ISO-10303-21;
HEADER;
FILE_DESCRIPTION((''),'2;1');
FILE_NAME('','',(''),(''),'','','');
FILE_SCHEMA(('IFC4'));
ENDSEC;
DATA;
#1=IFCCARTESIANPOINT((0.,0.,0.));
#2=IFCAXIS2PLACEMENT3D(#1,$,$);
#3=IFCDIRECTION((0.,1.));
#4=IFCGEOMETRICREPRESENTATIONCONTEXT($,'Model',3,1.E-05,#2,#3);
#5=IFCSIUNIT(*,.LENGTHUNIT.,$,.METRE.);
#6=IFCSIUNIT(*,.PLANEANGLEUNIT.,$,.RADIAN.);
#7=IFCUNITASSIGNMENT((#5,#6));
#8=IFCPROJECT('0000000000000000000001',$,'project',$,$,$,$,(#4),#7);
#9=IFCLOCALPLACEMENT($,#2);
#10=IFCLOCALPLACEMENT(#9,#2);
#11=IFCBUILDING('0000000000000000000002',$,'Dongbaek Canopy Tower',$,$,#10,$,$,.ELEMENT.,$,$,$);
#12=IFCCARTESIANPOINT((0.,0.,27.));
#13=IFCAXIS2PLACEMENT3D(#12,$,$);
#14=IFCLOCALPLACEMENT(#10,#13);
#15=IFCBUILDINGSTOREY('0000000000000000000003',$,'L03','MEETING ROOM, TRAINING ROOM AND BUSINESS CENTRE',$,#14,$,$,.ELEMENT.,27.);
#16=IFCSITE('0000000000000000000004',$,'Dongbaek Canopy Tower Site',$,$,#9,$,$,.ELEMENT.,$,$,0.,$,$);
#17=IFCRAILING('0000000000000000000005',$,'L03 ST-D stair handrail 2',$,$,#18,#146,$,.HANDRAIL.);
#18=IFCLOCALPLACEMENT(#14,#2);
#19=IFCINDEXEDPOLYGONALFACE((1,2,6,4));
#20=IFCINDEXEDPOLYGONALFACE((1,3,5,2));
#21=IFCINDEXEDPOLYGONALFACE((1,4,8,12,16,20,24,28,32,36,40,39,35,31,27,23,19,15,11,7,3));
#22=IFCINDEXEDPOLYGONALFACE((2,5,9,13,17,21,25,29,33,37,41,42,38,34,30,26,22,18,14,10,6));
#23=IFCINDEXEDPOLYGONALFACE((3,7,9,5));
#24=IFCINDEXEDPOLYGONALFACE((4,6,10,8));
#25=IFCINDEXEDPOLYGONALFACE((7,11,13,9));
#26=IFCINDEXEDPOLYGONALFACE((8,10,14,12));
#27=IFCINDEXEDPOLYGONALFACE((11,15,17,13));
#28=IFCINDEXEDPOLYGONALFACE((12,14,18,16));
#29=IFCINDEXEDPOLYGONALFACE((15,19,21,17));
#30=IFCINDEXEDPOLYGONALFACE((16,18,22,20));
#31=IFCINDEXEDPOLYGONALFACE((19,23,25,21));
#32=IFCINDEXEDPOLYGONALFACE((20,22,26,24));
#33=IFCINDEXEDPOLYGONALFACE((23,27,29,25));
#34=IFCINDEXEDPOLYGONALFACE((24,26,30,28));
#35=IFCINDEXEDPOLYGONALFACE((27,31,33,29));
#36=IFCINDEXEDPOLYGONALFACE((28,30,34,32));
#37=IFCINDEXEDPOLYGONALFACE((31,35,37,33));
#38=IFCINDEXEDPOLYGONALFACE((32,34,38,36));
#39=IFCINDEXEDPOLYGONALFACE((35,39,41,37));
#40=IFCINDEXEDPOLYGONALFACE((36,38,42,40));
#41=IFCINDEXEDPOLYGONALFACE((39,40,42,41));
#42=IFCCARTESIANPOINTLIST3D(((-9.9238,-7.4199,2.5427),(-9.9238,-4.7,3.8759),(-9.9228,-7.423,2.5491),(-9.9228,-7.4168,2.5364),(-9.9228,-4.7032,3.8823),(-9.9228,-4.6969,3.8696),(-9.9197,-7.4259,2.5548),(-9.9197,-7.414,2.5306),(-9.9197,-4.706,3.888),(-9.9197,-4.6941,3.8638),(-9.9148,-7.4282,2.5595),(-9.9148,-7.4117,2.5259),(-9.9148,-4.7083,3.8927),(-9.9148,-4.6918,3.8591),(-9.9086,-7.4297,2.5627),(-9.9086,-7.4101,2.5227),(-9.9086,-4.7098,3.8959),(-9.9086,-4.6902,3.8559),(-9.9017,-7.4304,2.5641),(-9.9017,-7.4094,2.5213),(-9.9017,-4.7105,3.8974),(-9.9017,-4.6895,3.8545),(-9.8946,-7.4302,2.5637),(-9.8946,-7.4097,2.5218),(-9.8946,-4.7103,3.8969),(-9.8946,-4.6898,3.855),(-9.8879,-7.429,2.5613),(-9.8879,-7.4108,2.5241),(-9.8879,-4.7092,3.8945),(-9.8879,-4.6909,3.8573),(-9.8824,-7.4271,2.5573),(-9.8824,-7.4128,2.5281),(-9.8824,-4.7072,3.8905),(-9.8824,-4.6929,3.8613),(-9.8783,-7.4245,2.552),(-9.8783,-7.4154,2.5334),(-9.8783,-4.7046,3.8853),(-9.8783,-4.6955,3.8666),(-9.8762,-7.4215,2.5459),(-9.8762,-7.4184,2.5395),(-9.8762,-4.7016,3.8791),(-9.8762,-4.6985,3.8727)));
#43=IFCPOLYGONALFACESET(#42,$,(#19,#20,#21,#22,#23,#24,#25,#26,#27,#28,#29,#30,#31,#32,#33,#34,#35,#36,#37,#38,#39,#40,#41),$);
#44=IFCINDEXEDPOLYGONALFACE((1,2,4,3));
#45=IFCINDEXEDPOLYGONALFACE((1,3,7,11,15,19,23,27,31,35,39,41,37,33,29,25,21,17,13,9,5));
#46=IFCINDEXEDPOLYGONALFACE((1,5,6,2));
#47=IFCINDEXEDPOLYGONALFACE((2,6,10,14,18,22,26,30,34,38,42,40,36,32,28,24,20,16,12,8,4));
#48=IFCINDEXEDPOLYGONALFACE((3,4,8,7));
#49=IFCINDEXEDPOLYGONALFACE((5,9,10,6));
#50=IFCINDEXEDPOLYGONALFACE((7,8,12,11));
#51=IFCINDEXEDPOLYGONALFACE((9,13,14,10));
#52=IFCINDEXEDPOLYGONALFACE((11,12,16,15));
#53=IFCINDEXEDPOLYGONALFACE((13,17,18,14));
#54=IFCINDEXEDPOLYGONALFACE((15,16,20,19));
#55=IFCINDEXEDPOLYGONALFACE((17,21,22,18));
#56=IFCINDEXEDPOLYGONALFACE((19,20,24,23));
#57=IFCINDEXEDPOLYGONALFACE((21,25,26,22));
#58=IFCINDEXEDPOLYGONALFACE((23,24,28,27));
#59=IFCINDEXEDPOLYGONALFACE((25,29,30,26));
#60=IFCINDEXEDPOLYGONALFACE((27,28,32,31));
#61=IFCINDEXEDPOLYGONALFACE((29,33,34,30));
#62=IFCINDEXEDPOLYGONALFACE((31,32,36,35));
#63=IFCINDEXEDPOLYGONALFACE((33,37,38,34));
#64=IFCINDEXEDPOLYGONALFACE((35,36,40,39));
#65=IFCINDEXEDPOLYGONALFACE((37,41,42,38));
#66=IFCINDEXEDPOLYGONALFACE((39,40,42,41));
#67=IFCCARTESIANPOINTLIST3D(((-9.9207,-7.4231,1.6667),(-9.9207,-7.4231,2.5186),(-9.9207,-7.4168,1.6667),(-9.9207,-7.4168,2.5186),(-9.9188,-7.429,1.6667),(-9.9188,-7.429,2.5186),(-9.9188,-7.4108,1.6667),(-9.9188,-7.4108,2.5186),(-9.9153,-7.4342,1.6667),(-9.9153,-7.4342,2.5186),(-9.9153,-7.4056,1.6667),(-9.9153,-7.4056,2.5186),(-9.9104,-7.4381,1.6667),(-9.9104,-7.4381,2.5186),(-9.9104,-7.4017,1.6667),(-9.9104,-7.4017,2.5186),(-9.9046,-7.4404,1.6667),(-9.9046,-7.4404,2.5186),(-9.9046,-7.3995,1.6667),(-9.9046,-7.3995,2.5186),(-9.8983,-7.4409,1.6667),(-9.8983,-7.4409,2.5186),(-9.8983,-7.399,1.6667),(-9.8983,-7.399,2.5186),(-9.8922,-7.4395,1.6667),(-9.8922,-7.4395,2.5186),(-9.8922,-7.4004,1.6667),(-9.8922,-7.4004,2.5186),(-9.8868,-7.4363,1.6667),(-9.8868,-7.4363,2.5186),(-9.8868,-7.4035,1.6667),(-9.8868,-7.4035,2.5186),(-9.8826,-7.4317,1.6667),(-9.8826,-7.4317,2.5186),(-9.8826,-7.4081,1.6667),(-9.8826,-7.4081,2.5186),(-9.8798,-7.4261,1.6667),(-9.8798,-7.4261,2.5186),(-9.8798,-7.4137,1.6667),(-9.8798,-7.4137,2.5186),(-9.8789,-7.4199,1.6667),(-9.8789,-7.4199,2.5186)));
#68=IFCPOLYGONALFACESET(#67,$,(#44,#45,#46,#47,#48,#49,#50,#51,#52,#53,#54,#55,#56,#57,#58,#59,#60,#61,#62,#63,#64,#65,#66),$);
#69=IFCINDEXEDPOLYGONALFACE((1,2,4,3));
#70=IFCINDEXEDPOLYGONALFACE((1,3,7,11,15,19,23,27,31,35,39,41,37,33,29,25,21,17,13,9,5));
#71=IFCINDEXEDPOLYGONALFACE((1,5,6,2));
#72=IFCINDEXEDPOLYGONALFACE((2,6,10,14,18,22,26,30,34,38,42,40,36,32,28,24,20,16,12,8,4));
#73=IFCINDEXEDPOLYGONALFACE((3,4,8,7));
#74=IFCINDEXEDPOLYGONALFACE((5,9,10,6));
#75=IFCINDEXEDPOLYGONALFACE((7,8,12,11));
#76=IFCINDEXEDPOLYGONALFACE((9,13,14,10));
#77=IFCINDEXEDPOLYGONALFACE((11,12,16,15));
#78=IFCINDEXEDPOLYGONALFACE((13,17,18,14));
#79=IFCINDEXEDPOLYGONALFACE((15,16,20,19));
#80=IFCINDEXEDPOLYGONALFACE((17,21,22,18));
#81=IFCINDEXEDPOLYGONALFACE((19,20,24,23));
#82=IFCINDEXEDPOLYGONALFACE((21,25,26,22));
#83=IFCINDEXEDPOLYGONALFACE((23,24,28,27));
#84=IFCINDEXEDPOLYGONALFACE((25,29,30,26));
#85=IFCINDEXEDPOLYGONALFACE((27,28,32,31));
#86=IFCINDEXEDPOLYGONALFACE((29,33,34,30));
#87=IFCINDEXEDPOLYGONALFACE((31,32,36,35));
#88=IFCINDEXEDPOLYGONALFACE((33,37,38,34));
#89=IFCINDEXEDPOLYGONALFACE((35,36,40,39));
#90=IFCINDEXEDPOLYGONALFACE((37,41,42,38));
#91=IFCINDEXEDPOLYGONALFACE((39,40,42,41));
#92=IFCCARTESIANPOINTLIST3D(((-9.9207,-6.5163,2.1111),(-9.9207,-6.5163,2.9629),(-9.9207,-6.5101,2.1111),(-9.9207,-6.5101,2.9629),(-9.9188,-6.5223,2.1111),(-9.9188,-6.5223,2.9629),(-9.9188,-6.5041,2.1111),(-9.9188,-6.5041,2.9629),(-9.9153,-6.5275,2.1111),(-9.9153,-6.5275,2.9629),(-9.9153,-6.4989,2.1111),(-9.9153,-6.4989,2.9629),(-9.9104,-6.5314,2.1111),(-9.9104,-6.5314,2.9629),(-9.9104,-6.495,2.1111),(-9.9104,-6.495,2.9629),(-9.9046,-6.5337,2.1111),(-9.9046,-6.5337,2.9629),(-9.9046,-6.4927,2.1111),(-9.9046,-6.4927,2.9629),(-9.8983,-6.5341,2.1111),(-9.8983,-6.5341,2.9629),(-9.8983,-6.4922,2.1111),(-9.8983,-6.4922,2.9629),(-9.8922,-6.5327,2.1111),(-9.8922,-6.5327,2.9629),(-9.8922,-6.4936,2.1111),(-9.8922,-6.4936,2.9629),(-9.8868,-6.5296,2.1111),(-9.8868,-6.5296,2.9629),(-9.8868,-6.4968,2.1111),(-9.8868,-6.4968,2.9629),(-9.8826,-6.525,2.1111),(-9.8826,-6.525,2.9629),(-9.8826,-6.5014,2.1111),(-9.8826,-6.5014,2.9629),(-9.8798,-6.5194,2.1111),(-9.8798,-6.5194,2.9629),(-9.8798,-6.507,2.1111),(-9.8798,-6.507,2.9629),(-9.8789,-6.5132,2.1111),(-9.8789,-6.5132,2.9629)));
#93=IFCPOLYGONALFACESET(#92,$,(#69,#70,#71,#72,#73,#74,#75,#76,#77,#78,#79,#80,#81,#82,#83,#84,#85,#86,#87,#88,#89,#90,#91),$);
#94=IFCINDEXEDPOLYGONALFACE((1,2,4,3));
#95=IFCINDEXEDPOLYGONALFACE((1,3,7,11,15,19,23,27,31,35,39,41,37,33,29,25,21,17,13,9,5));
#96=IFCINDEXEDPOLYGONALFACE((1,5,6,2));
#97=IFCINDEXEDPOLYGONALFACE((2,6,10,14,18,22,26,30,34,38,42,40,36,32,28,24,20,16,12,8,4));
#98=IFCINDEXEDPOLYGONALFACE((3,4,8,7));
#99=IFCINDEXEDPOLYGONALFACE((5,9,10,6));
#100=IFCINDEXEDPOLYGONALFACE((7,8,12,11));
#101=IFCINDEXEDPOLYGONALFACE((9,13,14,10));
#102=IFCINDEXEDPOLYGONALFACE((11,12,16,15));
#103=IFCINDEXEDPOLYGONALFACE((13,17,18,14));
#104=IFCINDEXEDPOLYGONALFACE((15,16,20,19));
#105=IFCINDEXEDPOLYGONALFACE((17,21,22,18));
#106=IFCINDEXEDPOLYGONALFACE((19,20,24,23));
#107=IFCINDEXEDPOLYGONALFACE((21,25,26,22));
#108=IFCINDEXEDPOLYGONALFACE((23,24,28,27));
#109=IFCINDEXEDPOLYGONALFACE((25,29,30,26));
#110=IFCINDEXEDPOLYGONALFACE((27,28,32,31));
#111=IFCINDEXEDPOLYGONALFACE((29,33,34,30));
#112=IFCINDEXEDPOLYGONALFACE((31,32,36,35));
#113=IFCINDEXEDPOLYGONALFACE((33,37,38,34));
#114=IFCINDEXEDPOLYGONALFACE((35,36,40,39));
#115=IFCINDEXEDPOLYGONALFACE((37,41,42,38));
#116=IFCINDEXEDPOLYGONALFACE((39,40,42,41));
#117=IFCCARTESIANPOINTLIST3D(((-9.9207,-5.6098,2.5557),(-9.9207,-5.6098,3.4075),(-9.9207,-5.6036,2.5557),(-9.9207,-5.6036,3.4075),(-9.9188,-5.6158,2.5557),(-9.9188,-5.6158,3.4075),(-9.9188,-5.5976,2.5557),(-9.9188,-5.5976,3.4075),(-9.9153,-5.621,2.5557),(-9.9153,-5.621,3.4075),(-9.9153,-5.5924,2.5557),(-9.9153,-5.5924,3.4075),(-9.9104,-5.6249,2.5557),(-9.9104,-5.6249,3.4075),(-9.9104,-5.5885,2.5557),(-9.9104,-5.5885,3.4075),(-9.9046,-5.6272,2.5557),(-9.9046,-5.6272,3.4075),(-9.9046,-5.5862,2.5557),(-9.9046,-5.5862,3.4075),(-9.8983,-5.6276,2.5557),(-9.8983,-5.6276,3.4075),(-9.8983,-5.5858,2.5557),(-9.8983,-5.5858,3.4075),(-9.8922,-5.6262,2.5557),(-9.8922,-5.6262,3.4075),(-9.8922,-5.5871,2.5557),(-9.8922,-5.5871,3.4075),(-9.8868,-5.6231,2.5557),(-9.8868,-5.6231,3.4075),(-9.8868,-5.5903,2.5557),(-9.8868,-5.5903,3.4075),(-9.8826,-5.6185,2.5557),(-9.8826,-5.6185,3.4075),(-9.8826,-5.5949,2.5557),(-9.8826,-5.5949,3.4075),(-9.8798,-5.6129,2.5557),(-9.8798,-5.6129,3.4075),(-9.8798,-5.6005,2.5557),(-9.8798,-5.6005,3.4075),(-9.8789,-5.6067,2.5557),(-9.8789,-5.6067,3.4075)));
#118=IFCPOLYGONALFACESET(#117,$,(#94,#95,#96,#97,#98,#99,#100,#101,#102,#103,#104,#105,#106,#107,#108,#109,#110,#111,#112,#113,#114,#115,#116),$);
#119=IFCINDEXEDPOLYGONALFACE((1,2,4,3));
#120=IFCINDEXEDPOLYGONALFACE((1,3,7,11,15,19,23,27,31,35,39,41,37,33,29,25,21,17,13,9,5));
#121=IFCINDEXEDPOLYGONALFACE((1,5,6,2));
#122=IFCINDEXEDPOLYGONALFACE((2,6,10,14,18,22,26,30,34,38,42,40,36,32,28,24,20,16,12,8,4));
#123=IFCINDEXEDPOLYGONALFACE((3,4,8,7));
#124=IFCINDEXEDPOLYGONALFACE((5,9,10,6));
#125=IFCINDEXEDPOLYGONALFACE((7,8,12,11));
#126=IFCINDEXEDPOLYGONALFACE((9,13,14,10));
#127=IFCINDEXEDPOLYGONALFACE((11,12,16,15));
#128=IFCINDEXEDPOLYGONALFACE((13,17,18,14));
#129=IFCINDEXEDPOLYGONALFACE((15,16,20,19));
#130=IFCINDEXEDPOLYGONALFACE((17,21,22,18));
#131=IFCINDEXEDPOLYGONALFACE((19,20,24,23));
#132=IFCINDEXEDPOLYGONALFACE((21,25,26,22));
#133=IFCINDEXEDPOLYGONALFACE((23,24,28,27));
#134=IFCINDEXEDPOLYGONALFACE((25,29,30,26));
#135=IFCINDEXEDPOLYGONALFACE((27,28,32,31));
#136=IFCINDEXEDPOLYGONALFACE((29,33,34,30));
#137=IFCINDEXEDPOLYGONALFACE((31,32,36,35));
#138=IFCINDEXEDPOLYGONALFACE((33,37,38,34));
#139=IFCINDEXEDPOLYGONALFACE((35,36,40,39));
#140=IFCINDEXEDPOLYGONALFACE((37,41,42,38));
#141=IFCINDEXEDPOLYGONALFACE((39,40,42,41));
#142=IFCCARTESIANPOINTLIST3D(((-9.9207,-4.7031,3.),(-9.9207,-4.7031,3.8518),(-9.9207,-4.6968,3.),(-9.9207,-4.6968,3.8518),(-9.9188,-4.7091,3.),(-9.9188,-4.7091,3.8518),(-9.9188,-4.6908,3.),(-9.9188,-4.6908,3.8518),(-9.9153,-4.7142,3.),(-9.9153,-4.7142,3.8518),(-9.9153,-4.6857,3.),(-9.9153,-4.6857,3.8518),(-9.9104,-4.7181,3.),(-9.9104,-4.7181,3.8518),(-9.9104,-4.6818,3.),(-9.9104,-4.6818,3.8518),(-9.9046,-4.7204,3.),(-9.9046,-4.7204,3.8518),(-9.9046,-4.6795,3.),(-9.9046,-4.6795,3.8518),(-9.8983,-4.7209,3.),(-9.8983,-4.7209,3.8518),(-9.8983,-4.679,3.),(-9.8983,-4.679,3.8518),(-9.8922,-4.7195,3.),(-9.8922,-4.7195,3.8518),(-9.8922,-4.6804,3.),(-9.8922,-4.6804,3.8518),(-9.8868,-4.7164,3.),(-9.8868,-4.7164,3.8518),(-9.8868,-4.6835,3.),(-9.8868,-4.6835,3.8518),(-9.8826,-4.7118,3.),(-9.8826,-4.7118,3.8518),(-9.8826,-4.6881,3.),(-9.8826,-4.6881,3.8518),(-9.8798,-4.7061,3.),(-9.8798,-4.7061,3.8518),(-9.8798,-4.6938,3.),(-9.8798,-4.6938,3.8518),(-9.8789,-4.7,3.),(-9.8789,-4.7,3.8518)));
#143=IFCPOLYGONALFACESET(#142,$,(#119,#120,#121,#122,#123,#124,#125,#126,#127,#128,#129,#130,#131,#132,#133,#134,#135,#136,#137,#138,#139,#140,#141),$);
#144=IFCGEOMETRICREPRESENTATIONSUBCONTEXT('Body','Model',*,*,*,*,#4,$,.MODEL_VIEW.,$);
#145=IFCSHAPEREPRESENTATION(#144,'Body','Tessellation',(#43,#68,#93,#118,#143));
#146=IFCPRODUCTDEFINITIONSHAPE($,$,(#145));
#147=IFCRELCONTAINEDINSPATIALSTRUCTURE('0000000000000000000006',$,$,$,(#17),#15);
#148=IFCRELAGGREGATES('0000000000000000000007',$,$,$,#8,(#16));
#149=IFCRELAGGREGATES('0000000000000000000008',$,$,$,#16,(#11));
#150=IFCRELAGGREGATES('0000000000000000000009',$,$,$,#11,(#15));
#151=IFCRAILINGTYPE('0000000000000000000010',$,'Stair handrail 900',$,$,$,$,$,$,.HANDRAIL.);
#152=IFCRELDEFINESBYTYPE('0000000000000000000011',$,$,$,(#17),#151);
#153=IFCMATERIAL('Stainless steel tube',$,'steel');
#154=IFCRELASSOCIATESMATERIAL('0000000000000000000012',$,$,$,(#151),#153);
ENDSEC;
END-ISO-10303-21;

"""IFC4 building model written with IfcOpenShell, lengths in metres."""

from ifc_helpers import new_model, si_unit, direction, frame, origin, origin_2d, place, context, subcontext, project, spatial, circle, extrude, material, type_object, element, save


model = new_model("IFC4")

# Units and contexts
model_context = context("Model", 3, precision=1e-05, world=origin(), true_north=direction((0.0, 1.0)))
body_context = subcontext(model_context, "Body", "Model", "MODEL_VIEW")
ifc_project = project(units=[si_unit("LENGTHUNIT", "METRE"), si_unit("PLANEANGLEUNIT", "RADIAN")], contexts=[model_context])

# Site, building, storey
site_placement = place(None, origin())
site = spatial("IfcSite", under=ifc_project, at=site_placement, Name="Dongbaek Canopy Tower Site", CompositionType="ELEMENT", RefElevation=0.0)
building_placement = place(site_placement, origin())
building = spatial("IfcBuilding", under=site, at=building_placement, Name="Dongbaek Canopy Tower", CompositionType="ELEMENT")
storey_placement = place(building_placement, frame((0.0, 0.0, 27.0)))
storey = spatial("IfcBuildingStorey", under=building, at=storey_placement, Name="L03", Description="MEETING ROOM, TRAINING ROOM AND BUSINESS CENTRE", CompositionType="ELEMENT", Elevation=27.0)

# Railing
ifc_material_1 = material(Name="Stainless steel tube", Category="steel")
railing_type_1 = type_object("IfcRailingType", Name="Stair handrail 900", PredefinedType="HANDRAIL", material=ifc_material_1)
for number, where, name in (
    (1, (-9.8999, -7.4199, 1.6667), "L03 ST-D stair handrail 2"),
):
    element("IfcRailing", number, at=place(storey_placement, frame(where)), inside=storey, type_object=railing_type_1, Name=name, PredefinedType="HANDRAIL", context=body_context, shape_type="SweptSolid", body=[
        extrude(circle(Radius=0.0239, at=origin_2d()), frame((0.0, 0.0, 0.876), z_axis=(0.0, 0.897929, 0.440139), x_axis=(-1.0, 0.0, 0.0)), (0.0, 0.0, 1.0), 3.0291),
        extrude(circle(Radius=0.021, at=origin_2d()), origin(), (0.0, 0.0, 1.0), 0.8518),
        extrude(circle(Radius=0.021, at=origin_2d()), frame((0.0, 0.9067, 0.4443)), (0.0, 0.0, 1.0), 0.8518),
        extrude(circle(Radius=0.021, at=origin_2d()), frame((0.0, 1.8132, 0.8889)), (0.0, 0.0, 1.0), 0.8518),
        extrude(circle(Radius=0.021, at=origin_2d()), frame((0.0, 2.72, 1.3333)), (0.0, 0.0, 1.0), 0.8518),
    ])

save(model, "model.ifc")
